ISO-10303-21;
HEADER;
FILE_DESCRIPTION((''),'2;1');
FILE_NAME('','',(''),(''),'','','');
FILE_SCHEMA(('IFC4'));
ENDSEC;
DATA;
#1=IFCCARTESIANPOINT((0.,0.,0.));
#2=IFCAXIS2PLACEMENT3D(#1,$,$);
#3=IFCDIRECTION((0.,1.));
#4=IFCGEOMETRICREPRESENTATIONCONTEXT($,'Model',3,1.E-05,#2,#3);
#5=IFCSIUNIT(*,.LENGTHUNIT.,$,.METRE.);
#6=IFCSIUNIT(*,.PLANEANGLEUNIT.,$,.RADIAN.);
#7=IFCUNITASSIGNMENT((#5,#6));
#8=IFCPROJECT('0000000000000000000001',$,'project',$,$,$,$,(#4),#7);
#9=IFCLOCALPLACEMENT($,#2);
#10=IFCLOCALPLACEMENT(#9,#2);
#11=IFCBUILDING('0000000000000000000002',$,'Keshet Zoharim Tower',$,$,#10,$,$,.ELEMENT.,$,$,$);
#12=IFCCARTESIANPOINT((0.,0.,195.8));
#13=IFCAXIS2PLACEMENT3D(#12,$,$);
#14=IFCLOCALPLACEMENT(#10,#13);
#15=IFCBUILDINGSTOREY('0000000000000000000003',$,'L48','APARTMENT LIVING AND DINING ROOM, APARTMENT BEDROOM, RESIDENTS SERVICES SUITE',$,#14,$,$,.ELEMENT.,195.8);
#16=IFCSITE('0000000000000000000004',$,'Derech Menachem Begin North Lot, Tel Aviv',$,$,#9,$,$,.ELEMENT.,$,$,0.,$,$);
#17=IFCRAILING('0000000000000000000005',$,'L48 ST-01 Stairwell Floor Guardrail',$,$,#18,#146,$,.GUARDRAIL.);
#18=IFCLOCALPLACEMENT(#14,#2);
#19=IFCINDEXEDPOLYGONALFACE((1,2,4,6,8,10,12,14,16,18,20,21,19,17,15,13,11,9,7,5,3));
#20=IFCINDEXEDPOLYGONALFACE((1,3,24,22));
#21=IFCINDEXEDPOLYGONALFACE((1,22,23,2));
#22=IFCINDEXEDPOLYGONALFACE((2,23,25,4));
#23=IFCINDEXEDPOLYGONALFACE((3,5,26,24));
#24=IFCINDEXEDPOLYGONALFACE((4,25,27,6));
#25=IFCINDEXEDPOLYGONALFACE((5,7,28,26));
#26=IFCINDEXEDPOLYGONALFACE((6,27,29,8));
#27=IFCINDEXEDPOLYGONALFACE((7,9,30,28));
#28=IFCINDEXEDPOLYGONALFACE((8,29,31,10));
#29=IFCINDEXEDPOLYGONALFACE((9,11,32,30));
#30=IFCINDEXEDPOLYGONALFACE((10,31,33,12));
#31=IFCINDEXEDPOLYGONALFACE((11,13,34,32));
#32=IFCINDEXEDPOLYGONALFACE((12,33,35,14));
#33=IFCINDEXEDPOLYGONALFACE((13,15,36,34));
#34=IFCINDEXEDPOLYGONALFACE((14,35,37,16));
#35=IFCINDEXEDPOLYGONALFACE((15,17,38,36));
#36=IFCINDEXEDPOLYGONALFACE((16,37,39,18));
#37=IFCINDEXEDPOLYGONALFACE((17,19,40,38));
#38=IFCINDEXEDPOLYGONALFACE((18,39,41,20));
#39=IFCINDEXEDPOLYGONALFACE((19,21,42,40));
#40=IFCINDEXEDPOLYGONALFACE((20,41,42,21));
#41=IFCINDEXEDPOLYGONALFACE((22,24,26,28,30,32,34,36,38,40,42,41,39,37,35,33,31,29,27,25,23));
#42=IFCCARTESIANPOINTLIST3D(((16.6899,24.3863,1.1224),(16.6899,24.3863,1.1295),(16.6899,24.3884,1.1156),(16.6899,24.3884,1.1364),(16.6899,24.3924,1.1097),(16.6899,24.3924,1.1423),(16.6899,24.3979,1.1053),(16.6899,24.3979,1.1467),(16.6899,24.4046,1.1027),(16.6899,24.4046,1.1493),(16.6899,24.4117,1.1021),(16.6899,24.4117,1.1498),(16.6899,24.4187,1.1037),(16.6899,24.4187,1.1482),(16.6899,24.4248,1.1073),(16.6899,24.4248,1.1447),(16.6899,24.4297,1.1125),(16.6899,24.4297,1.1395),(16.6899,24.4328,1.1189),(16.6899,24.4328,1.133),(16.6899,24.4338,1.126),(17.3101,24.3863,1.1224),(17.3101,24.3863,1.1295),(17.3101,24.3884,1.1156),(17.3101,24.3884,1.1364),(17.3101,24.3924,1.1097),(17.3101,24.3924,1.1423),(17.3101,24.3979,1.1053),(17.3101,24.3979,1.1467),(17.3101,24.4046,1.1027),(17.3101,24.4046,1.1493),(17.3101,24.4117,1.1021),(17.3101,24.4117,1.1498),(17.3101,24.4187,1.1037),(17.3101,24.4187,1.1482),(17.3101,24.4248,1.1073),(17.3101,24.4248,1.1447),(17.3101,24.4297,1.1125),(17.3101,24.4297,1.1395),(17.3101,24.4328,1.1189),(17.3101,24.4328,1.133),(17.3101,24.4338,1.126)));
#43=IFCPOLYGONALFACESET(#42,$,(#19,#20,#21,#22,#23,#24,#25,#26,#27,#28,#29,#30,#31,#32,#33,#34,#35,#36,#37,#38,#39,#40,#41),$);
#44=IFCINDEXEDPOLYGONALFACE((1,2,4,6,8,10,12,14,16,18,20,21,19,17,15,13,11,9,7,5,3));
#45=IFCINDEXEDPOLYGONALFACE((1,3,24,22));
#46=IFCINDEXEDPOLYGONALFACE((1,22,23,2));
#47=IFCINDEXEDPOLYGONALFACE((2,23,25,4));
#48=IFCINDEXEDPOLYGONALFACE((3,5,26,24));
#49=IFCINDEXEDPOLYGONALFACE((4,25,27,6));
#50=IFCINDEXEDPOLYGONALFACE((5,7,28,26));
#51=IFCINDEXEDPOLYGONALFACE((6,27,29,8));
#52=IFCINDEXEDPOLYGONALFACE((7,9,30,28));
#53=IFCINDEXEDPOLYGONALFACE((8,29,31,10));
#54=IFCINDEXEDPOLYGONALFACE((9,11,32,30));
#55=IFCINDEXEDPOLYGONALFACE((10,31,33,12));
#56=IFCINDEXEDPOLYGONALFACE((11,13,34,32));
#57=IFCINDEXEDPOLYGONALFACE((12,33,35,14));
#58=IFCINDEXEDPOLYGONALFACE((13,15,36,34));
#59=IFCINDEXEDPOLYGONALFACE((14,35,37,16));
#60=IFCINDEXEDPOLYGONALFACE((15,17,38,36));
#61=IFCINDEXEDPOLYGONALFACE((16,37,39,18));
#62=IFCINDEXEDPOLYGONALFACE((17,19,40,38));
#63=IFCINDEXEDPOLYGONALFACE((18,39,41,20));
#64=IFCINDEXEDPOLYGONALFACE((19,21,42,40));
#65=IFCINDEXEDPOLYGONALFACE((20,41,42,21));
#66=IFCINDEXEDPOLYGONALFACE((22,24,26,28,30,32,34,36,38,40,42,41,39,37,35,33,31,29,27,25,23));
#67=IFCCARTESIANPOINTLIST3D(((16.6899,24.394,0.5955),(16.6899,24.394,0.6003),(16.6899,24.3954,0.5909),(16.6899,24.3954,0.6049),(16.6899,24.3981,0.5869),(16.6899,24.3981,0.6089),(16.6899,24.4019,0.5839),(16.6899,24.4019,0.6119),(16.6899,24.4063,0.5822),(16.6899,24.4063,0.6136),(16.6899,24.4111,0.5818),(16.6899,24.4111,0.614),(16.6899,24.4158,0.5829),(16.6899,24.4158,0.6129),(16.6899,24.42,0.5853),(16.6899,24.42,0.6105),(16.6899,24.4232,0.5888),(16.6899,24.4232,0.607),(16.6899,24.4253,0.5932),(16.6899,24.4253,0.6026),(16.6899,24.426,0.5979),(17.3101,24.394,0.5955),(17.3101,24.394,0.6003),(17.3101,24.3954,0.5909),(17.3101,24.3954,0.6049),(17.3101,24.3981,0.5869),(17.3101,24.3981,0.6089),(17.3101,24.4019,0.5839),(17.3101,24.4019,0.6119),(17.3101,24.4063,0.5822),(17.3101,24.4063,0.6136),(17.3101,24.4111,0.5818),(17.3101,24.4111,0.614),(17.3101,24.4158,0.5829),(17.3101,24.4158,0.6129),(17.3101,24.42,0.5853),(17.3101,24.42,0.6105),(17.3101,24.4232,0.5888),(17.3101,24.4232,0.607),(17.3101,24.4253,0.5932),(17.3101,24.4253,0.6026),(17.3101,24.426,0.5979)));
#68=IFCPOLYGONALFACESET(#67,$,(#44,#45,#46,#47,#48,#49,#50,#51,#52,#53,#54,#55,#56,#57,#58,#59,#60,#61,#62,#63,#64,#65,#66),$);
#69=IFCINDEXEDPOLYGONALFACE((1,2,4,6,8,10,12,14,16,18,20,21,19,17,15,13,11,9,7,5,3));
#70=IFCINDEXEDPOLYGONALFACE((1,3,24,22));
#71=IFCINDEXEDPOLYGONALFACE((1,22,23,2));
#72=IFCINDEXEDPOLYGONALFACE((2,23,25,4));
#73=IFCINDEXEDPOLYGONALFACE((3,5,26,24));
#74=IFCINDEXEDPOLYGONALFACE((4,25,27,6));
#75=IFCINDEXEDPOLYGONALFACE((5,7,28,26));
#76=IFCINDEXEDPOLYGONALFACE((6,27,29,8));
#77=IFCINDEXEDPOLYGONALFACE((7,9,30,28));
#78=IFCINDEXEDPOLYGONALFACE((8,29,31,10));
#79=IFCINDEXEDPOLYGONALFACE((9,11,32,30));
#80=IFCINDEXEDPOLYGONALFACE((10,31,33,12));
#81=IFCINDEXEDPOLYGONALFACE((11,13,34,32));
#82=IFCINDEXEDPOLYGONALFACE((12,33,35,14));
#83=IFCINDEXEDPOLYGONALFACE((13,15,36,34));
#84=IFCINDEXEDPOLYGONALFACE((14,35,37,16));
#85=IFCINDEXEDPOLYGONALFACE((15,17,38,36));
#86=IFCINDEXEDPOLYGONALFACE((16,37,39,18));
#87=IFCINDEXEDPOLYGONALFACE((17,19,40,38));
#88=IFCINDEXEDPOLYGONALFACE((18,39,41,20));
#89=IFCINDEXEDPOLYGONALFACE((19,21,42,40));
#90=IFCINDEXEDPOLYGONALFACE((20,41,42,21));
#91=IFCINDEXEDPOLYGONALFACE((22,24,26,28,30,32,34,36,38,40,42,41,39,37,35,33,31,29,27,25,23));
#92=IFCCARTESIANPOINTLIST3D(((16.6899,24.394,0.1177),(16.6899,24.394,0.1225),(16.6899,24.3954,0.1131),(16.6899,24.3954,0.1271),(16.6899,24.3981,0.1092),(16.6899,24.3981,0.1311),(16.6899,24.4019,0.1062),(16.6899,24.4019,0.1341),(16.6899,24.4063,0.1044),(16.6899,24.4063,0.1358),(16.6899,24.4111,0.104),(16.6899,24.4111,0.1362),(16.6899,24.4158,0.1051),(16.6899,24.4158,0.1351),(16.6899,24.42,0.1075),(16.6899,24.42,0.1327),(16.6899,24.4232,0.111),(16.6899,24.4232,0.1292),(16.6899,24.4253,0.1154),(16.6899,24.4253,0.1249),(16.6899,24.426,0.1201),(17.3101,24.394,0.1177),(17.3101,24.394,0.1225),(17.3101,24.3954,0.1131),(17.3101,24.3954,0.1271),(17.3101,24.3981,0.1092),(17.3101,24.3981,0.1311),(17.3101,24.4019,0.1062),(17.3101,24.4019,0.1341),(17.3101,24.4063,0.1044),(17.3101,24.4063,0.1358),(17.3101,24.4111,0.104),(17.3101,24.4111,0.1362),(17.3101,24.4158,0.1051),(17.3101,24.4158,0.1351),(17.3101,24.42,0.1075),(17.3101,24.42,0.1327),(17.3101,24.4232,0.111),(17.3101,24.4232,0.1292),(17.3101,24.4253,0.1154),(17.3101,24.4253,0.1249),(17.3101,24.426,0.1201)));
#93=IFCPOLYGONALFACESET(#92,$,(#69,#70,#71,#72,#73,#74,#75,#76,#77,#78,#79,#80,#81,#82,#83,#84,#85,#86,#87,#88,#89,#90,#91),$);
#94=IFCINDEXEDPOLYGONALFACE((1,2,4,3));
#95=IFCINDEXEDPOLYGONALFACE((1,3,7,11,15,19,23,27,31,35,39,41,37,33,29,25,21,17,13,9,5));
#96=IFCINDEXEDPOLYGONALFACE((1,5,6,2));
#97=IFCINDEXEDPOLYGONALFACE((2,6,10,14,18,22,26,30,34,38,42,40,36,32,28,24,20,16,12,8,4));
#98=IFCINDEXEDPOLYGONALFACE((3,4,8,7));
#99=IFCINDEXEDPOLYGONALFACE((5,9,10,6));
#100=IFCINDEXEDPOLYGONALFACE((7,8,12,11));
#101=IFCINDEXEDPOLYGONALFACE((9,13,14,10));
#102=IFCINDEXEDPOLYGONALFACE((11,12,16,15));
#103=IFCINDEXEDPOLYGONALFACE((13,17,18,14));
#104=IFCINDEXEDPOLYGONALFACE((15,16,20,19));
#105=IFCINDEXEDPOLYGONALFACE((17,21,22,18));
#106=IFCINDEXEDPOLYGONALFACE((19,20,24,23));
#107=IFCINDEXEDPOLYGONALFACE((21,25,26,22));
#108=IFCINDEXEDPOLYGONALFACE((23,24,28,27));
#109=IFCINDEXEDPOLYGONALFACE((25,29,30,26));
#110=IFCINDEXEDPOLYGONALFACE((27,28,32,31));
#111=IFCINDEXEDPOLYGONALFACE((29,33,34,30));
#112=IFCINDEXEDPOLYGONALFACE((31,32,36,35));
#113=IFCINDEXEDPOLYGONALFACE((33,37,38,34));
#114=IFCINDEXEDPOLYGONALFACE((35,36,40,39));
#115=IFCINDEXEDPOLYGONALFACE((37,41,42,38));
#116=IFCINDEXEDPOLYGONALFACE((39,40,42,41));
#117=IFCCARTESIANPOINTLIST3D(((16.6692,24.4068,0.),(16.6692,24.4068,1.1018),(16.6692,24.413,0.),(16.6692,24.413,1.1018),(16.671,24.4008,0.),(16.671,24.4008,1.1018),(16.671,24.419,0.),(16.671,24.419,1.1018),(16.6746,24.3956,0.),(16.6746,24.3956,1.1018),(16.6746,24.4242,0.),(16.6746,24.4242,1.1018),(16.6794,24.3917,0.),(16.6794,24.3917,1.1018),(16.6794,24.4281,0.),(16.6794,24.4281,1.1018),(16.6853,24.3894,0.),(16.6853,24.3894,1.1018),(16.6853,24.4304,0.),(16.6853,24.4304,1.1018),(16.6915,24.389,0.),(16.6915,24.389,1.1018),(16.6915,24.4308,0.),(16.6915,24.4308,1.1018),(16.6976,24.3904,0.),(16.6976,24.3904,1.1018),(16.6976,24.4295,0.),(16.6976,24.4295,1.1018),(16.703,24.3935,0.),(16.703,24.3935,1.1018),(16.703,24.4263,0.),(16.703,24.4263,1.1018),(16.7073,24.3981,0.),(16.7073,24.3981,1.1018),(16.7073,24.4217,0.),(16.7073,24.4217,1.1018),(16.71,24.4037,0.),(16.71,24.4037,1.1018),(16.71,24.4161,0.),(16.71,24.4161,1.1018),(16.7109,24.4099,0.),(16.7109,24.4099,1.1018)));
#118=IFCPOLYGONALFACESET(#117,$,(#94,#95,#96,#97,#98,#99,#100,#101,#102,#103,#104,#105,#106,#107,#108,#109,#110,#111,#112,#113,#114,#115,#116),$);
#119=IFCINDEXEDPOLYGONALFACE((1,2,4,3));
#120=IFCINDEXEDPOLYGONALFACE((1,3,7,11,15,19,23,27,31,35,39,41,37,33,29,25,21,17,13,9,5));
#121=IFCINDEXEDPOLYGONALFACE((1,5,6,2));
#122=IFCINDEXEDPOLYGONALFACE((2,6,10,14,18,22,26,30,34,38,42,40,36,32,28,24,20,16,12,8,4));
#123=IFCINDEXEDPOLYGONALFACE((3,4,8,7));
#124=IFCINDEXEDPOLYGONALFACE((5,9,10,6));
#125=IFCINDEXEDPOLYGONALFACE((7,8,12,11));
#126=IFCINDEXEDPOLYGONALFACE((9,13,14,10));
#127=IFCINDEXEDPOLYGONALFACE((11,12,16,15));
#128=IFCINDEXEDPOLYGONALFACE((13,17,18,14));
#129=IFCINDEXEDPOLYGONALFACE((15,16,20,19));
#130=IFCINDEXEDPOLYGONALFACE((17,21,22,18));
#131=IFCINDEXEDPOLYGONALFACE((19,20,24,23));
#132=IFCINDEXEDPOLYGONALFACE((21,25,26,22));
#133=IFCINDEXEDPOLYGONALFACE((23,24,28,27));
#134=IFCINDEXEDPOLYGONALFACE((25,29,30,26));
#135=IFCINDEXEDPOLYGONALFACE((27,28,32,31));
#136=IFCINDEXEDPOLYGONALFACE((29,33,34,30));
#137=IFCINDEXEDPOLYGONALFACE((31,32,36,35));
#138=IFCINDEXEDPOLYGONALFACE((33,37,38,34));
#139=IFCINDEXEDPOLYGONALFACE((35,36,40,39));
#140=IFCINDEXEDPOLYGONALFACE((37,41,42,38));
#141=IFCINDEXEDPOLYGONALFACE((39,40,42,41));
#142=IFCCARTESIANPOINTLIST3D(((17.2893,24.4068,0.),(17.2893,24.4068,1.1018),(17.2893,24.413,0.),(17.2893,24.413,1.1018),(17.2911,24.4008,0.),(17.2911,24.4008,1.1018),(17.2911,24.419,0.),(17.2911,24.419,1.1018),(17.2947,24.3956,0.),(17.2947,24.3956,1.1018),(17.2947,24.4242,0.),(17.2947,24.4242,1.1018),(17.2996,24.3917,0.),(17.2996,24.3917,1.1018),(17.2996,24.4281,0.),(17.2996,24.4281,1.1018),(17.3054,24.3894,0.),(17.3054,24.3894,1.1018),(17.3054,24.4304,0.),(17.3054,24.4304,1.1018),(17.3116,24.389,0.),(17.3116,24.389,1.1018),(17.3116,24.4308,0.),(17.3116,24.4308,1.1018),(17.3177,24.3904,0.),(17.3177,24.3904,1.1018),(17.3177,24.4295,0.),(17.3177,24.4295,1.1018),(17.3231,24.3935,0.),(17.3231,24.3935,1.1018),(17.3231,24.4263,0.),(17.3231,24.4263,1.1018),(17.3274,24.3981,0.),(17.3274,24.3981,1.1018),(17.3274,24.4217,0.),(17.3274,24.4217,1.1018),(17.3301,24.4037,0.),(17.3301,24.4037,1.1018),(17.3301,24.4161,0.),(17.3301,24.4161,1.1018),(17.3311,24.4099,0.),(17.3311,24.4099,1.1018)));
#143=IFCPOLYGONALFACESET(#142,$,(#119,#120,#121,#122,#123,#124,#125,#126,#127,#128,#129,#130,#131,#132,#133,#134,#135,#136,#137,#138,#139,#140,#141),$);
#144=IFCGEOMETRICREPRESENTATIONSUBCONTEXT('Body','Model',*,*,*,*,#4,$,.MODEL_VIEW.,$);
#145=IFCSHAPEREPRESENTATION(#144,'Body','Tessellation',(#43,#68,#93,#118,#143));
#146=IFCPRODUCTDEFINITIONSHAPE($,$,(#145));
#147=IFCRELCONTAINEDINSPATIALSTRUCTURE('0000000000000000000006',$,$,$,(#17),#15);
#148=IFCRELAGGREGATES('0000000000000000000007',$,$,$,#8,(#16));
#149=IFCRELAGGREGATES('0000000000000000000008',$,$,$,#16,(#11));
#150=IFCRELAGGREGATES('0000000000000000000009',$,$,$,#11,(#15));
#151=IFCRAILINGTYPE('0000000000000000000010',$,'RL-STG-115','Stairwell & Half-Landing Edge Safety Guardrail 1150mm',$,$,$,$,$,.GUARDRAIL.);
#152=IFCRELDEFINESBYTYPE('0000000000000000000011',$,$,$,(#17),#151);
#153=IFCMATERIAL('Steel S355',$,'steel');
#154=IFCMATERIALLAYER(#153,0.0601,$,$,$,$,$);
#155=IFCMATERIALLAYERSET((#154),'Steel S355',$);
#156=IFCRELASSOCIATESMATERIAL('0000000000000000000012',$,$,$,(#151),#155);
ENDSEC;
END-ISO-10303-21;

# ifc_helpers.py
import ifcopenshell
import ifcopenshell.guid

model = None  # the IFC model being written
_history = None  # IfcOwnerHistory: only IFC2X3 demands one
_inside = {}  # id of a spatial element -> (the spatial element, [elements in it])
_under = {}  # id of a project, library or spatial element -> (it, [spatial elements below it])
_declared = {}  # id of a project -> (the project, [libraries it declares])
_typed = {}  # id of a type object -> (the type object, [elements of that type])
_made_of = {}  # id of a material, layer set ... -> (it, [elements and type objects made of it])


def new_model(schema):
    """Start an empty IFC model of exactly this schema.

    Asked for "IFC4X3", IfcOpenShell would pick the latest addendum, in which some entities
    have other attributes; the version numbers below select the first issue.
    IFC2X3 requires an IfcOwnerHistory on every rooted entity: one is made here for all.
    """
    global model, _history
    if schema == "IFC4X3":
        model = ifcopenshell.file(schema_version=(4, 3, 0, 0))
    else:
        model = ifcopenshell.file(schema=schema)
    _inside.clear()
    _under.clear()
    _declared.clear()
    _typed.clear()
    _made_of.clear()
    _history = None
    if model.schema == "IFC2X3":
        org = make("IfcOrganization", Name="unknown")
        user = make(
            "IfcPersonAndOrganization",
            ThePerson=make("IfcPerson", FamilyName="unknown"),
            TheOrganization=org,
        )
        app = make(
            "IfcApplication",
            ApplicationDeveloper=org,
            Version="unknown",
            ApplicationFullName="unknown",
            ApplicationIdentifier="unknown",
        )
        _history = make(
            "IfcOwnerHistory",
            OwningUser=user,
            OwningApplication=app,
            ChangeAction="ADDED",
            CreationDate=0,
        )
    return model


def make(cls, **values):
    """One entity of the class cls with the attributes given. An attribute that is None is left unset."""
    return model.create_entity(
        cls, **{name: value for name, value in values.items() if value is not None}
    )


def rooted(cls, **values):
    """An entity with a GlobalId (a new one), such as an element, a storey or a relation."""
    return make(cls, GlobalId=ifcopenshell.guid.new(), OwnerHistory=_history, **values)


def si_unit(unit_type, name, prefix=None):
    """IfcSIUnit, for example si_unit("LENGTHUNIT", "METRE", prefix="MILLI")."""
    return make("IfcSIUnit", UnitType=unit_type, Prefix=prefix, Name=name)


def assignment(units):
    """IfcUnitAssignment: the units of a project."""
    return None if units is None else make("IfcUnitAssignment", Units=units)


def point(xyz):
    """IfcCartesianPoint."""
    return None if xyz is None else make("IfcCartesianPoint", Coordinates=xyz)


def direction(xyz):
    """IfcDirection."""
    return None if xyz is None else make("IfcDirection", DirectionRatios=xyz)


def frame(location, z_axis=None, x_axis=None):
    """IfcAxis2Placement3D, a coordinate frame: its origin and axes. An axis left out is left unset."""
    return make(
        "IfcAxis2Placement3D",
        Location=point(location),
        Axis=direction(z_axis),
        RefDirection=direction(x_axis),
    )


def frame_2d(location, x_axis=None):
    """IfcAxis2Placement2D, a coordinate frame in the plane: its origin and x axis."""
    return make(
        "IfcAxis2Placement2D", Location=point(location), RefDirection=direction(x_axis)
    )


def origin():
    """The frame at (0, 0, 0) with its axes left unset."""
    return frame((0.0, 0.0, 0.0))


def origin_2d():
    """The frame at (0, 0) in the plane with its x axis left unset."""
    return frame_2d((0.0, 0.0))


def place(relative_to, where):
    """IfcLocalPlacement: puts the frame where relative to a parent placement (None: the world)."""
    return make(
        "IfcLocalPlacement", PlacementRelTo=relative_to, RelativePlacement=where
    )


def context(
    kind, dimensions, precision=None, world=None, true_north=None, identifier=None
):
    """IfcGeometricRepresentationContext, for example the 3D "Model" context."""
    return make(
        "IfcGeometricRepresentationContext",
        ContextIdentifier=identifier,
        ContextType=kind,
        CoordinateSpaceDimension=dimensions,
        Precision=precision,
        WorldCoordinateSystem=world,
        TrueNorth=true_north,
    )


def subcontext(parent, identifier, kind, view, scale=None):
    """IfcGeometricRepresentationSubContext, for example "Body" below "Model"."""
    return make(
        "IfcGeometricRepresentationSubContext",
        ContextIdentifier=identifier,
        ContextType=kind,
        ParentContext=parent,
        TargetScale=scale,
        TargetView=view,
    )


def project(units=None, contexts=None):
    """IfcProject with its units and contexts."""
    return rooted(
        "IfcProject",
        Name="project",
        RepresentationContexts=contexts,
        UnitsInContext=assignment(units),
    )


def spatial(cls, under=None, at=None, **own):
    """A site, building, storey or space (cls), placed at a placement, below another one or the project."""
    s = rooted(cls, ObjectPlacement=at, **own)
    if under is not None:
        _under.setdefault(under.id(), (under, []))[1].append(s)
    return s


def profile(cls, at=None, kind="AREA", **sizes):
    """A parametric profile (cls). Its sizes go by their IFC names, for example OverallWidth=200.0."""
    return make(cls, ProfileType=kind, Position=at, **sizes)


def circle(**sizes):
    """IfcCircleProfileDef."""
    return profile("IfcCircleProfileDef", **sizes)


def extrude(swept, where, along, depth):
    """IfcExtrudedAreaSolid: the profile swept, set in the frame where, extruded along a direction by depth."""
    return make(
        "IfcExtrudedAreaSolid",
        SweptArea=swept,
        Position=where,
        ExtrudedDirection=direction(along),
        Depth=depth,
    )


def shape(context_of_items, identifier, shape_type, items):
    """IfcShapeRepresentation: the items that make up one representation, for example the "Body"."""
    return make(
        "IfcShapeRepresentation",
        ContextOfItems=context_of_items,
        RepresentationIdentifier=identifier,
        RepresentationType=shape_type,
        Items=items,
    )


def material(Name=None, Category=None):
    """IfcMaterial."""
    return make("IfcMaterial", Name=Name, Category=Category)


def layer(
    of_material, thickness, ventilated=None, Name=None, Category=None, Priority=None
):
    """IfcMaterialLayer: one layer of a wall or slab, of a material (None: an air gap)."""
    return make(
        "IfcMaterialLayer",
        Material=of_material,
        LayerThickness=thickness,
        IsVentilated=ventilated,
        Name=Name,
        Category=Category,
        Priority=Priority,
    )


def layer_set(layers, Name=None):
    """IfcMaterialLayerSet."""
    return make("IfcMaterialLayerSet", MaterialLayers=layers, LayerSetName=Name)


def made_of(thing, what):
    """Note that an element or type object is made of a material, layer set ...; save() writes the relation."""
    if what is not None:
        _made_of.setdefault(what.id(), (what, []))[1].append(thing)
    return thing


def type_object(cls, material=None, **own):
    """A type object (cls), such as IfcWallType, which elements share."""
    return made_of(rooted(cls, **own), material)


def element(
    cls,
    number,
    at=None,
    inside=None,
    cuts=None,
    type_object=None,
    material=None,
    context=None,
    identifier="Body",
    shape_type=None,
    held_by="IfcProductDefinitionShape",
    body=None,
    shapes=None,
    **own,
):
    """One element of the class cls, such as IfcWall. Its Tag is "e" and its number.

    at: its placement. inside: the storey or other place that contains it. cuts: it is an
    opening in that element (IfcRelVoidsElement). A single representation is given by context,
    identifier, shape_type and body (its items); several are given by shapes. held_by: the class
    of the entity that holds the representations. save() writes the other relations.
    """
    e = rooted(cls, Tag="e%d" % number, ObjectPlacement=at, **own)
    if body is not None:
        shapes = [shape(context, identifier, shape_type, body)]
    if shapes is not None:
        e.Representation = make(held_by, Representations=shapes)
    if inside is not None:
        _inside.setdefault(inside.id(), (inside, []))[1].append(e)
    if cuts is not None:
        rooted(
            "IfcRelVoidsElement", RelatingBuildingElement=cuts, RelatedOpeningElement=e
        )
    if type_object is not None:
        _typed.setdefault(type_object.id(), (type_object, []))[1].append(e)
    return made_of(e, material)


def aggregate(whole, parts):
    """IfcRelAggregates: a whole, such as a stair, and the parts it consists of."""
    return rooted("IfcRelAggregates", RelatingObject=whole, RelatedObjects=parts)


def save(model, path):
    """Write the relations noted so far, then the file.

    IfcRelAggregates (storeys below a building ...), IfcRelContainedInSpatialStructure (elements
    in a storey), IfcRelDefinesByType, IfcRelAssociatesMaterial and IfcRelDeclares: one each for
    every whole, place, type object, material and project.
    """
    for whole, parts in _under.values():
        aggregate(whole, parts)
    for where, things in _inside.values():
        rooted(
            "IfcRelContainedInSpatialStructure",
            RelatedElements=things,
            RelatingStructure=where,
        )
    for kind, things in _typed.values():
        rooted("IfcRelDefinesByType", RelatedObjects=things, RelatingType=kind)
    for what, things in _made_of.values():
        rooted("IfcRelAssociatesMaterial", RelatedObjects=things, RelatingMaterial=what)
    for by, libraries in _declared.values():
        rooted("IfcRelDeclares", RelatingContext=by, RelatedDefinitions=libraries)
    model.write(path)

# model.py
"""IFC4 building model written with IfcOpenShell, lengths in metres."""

from ifc_helpers import new_model, si_unit, direction, frame, origin, origin_2d, place, context, subcontext, project, spatial, circle, extrude, material, layer, layer_set, type_object, element, save


model = new_model("IFC4")

# Units and contexts
model_context = context("Model", 3, precision=1e-05, world=origin(), true_north=direction((0.0, 1.0)))
body_context = subcontext(model_context, "Body", "Model", "MODEL_VIEW")
ifc_project = project(units=[si_unit("LENGTHUNIT", "METRE"), si_unit("PLANEANGLEUNIT", "RADIAN")], contexts=[model_context])

# Site, building, storey
site_placement = place(None, origin())
site = spatial("IfcSite", under=ifc_project, at=site_placement, Name="Derech Menachem Begin North Lot, Tel Aviv", CompositionType="ELEMENT", RefElevation=0.0)
building_placement = place(site_placement, origin())
building = spatial("IfcBuilding", under=site, at=building_placement, Name="Keshet Zoharim Tower", CompositionType="ELEMENT")
storey_placement = place(building_placement, frame((0.0, 0.0, 195.8)))
storey = spatial("IfcBuildingStorey", under=building, at=storey_placement, Name="L48", Description="APARTMENT LIVING AND DINING ROOM, APARTMENT BEDROOM, RESIDENTS SERVICES SUITE", CompositionType="ELEMENT", Elevation=195.8)

# Shared definitions
ifc_material_1 = material(Name="Steel S355", Category="steel")

# Railing
ifc_layer_1 = layer(ifc_material_1, 0.0601)
ifc_layer_set_1 = layer_set([ifc_layer_1], Name="Steel S355")
railing_type_1 = type_object("IfcRailingType", Name="RL-STG-115", Description="Stairwell & Half-Landing Edge Safety Guardrail 1150mm", PredefinedType="GUARDRAIL", material=ifc_layer_set_1)
railing_1_placement = place(storey_placement, frame((16.6899, 24.4099, 0.0)))
element("IfcRailing", 1, at=railing_1_placement, inside=storey, type_object=railing_type_1, Name="L48 ST-01 Stairwell Floor Guardrail", PredefinedType="GUARDRAIL", context=body_context, shape_type="SweptSolid", body=[
    extrude(circle(Radius=0.0239, at=origin_2d()), frame((0.0, 0.0, 1.126), z_axis=(1.0, 0.0, 0.0), x_axis=(0.0, 1.0, 0.0)), (0.0, 0.0, 1.0), 0.6201),
    extrude(circle(Radius=0.0161, at=origin_2d()), frame((0.0, 0.0, 0.5979), z_axis=(1.0, 0.0, 0.0), x_axis=(0.0, 1.0, 0.0)), (0.0, 0.0, 1.0), 0.6201),
    extrude(circle(Radius=0.0161, at=origin_2d()), frame((0.0, 0.0, 0.1201), z_axis=(1.0, 0.0, 0.0), x_axis=(0.0, 1.0, 0.0)), (0.0, 0.0, 1.0), 0.6201),
    extrude(circle(Radius=0.021, at=origin_2d()), origin(), (0.0, 0.0, 1.0), 1.1018),
    extrude(circle(Radius=0.021, at=origin_2d()), frame((0.6201, 0.0, 0.0)), (0.0, 0.0, 1.0), 1.1018),
])

save(model, "model.ifc")
